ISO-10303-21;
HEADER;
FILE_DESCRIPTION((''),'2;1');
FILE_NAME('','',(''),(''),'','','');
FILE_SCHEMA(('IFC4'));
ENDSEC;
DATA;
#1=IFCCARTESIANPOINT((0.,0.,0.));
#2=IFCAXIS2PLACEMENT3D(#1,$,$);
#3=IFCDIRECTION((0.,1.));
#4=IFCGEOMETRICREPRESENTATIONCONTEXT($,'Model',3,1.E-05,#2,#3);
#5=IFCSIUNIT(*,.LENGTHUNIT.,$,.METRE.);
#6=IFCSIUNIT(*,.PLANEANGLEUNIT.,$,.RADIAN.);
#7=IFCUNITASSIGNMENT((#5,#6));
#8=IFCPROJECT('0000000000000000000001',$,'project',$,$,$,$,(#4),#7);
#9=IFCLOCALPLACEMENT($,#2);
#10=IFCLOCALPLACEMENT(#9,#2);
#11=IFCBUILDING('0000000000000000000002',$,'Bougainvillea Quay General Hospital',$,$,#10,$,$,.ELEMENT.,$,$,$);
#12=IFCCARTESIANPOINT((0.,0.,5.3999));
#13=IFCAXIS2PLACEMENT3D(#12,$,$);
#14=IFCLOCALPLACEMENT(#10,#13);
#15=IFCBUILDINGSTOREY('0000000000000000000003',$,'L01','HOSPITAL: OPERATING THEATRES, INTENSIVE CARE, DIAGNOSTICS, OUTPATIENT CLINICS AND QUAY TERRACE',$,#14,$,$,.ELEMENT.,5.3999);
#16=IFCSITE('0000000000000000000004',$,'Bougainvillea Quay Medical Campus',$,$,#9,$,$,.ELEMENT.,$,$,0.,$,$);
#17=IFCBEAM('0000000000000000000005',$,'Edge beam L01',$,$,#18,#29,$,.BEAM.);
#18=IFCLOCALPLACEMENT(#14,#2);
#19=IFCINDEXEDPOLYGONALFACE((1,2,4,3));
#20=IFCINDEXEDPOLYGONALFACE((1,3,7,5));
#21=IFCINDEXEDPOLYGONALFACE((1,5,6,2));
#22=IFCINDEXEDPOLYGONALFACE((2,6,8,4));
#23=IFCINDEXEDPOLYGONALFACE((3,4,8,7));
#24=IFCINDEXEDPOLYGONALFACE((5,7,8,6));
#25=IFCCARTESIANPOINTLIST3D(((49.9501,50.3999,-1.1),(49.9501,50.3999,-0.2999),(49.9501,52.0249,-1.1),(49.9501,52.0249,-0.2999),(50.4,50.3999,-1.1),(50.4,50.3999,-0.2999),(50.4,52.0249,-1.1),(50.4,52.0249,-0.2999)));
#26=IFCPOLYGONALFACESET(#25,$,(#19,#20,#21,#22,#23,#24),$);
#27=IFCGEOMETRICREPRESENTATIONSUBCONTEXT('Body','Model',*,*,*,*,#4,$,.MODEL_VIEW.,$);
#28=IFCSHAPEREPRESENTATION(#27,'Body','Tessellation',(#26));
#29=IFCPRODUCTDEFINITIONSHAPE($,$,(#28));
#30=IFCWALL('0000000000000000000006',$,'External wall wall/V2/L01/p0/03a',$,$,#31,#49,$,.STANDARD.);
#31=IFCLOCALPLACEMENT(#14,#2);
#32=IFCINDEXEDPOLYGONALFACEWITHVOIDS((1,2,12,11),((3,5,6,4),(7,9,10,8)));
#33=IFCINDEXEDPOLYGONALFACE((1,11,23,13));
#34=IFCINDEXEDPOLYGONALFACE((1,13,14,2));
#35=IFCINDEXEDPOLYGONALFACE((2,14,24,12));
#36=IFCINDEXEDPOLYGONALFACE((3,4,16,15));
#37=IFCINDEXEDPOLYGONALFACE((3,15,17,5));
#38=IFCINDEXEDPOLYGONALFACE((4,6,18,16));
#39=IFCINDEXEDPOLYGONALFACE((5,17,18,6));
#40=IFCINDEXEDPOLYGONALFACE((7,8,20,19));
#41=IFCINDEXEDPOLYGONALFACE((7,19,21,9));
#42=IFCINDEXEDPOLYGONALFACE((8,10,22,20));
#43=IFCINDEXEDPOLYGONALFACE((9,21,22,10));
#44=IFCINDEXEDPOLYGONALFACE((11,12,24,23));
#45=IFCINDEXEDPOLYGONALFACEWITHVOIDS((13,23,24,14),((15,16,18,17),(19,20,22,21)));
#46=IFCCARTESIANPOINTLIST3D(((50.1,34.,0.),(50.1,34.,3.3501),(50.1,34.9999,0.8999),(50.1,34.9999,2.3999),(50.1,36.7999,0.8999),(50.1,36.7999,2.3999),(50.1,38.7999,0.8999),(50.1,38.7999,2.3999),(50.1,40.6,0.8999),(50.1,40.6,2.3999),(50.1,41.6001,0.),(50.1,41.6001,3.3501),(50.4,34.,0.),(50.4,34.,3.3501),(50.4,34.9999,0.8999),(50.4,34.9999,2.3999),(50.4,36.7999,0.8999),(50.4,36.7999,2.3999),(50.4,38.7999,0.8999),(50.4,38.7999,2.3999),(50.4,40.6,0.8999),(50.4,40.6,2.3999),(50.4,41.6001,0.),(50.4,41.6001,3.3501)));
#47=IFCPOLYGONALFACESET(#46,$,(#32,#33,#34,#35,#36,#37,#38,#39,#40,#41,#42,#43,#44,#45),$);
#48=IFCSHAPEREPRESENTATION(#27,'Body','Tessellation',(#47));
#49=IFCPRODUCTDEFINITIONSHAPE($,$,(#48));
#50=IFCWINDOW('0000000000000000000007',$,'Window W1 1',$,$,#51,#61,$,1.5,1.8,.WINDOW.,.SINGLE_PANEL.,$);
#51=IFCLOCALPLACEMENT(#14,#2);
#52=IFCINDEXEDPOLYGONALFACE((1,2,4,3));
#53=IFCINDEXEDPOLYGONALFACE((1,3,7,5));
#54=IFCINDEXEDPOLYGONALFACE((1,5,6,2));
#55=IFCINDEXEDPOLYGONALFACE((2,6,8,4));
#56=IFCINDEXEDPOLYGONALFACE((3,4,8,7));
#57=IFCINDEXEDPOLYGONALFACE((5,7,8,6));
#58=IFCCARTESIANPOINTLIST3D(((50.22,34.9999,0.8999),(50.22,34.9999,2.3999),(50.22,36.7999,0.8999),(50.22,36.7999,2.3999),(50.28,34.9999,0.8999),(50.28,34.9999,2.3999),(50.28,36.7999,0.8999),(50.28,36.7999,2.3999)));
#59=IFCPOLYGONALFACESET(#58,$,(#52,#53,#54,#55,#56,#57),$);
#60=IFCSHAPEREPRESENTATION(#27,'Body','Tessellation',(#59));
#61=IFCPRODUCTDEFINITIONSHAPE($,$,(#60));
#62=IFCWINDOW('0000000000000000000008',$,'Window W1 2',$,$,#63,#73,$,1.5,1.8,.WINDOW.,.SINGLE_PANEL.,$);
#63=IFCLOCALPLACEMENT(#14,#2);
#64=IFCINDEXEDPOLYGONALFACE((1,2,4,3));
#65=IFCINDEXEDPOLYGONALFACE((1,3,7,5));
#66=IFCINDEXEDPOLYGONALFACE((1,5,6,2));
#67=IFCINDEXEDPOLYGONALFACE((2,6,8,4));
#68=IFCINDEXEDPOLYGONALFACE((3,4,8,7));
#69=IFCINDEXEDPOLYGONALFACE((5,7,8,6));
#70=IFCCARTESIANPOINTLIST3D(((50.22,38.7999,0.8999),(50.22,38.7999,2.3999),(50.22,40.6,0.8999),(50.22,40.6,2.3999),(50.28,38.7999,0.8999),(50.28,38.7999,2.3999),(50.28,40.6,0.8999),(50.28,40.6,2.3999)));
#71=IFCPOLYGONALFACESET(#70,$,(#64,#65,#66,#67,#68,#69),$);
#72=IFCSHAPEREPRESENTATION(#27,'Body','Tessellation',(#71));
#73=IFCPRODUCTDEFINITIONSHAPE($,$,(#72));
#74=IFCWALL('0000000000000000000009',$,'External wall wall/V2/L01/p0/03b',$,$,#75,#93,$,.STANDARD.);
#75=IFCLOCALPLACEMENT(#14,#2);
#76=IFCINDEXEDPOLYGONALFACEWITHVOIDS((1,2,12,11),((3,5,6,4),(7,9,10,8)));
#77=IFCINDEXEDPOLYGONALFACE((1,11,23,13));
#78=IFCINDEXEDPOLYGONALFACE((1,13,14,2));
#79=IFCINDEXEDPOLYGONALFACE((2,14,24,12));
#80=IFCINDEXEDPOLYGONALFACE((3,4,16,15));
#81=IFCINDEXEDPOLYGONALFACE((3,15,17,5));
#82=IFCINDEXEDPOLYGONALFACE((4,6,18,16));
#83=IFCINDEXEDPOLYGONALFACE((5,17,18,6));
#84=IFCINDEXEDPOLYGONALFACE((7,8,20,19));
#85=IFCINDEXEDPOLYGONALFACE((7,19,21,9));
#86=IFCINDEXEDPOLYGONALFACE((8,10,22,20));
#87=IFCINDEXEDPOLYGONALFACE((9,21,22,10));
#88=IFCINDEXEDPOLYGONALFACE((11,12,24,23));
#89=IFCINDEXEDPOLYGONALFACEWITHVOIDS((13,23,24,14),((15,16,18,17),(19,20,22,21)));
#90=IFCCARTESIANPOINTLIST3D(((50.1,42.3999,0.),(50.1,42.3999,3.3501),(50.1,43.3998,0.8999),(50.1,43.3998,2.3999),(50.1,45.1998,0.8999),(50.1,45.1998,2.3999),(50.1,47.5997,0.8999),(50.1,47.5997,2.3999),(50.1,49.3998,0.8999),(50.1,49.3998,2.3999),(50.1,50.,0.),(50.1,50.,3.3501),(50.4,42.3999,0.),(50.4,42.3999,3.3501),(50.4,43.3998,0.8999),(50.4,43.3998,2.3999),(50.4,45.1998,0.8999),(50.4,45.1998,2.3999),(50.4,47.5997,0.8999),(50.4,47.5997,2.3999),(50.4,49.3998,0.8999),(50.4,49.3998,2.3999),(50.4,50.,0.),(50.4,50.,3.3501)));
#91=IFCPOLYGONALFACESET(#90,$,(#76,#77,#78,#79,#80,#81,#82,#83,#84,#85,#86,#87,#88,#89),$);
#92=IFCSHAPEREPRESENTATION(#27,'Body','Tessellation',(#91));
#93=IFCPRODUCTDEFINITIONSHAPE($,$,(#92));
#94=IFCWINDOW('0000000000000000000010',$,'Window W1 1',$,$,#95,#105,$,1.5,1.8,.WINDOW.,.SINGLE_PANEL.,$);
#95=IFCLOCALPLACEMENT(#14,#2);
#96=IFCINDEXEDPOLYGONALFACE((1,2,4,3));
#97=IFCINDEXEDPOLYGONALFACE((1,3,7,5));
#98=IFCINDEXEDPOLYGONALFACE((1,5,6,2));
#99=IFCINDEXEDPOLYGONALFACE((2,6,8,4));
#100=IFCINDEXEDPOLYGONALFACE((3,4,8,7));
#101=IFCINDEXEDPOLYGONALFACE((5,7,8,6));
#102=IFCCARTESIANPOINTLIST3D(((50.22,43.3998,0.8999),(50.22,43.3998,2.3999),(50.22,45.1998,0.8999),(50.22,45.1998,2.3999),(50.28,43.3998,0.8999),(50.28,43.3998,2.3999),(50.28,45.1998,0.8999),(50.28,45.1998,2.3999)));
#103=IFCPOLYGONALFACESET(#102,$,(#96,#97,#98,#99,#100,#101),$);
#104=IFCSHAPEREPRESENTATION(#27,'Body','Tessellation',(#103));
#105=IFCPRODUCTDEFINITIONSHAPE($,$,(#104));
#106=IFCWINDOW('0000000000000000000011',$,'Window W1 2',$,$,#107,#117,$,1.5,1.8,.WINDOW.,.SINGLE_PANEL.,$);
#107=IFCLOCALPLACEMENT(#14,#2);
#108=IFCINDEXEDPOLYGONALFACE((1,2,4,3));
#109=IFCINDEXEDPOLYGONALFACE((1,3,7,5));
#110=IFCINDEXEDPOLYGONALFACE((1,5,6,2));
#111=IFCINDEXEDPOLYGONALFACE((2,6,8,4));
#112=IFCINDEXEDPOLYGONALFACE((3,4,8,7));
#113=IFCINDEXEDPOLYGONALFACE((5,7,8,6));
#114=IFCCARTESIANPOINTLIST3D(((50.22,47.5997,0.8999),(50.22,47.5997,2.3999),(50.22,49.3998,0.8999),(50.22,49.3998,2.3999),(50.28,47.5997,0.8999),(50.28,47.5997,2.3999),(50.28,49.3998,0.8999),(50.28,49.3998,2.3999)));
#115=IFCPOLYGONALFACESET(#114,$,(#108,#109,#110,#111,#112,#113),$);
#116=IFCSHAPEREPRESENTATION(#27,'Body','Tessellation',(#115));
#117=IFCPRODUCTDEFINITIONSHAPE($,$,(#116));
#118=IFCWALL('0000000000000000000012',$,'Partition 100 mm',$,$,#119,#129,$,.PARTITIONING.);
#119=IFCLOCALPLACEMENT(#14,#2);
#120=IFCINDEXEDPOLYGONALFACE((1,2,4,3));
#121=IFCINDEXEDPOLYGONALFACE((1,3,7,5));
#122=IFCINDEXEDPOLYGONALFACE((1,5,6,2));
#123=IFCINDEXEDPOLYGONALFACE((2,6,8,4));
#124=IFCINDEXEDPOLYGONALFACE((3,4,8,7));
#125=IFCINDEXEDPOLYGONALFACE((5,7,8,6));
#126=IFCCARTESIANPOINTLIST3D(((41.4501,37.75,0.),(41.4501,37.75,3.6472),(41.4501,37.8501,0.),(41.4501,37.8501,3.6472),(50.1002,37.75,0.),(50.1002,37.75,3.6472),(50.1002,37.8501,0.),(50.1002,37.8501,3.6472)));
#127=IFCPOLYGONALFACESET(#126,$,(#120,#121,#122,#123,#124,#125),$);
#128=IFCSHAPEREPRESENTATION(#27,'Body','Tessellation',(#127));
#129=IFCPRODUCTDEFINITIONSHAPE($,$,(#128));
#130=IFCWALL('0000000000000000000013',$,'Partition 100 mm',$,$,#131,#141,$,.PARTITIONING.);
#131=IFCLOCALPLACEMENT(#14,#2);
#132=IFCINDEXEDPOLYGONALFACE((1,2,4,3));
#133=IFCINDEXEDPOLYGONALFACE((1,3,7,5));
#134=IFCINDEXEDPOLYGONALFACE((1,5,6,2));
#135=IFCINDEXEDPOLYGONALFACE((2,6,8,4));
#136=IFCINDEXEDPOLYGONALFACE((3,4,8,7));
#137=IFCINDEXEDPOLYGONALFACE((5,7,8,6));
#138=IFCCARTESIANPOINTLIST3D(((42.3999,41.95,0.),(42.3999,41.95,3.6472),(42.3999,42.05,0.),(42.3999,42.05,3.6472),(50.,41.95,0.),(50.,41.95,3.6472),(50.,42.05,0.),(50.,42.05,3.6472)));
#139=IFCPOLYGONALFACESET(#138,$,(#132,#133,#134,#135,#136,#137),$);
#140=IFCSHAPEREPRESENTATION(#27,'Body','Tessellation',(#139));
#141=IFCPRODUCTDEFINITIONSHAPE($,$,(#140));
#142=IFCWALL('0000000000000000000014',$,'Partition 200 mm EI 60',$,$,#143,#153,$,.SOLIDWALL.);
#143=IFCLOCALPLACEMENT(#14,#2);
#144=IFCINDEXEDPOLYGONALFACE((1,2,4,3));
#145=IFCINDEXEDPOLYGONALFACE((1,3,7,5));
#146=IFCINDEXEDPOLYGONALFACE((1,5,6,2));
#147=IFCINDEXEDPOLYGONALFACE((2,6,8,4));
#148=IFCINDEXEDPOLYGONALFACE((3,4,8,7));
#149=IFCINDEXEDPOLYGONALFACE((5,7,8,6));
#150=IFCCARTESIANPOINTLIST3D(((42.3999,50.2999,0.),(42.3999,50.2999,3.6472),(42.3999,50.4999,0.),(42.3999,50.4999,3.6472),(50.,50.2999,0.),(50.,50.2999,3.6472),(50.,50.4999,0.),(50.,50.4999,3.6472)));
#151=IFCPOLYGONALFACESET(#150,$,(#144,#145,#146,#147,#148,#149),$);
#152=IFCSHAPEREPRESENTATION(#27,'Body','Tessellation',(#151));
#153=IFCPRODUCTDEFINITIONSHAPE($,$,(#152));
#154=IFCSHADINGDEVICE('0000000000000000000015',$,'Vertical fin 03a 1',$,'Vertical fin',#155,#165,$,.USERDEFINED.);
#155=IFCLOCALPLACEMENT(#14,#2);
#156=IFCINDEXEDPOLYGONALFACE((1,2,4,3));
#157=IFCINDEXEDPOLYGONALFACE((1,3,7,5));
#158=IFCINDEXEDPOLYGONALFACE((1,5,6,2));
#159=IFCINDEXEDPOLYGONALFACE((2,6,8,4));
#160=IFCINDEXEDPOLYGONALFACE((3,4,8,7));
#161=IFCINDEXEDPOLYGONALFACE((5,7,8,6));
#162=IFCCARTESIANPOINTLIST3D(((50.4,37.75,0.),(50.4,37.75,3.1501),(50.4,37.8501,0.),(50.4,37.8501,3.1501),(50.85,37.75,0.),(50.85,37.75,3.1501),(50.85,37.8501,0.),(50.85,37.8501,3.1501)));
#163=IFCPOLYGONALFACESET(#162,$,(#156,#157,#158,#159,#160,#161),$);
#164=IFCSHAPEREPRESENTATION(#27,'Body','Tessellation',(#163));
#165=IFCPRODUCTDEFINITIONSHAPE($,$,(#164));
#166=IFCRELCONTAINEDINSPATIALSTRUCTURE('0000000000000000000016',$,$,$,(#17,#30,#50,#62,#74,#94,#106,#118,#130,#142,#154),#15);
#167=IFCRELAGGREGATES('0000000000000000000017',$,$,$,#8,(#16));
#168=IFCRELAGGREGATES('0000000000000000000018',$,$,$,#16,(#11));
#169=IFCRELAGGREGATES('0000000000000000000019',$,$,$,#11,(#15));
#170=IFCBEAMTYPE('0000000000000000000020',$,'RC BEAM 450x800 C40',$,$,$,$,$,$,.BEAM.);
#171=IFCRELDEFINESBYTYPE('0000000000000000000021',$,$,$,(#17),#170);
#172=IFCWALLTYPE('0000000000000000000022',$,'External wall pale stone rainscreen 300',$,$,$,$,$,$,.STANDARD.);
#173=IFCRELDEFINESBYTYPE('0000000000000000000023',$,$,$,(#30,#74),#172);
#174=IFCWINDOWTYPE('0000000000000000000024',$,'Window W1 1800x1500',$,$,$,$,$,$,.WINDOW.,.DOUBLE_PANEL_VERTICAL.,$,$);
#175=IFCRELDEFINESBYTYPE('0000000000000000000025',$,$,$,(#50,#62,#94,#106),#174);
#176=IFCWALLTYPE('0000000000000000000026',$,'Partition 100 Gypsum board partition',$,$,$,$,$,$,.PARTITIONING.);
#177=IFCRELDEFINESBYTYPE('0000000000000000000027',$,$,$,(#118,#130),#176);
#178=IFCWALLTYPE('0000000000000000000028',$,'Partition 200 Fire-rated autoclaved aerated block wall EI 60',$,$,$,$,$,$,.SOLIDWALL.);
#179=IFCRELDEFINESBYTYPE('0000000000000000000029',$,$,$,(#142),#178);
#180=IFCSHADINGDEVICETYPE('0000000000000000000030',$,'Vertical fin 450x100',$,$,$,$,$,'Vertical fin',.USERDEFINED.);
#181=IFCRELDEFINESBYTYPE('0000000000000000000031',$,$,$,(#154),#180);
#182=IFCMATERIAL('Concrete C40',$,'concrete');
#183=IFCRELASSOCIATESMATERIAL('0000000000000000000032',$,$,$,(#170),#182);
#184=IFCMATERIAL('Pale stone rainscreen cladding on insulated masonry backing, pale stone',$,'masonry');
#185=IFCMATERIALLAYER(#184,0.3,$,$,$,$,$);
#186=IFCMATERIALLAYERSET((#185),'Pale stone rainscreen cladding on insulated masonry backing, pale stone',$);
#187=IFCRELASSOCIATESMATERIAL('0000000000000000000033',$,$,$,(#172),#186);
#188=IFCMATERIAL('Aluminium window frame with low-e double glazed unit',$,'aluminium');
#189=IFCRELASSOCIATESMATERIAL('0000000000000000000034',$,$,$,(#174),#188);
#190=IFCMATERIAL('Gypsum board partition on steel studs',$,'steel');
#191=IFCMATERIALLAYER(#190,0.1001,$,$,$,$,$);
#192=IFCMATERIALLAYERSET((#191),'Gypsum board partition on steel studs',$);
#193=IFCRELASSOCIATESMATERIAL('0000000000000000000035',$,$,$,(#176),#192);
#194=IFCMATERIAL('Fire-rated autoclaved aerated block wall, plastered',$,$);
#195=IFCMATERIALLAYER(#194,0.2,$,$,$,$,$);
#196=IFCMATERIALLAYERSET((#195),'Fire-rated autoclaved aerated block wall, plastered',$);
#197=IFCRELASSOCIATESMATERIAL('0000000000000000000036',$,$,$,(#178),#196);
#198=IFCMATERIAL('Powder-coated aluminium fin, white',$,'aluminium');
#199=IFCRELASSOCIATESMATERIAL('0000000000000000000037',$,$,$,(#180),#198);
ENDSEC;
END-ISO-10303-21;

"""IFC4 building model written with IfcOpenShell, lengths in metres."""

from ifc_helpers import new_model, si_unit, direction, frame, frame_2d, origin, origin_2d, place, context, subcontext, project, spatial, rectangle, extrude, material, layer, layer_set, material_profile, profile_set, type_object, element, fill, save


model = new_model("IFC4")

# Units and contexts
model_context = context("Model", 3, precision=1e-05, world=origin(), true_north=direction((0.0, 1.0)))
body_context = subcontext(model_context, "Body", "Model", "MODEL_VIEW")
ifc_project = project(units=[si_unit("LENGTHUNIT", "METRE"), si_unit("PLANEANGLEUNIT", "RADIAN")], contexts=[model_context])

# Site, building, storey
site_placement = place(None, origin())
site = spatial("IfcSite", under=ifc_project, at=site_placement, Name="Bougainvillea Quay Medical Campus", CompositionType="ELEMENT", RefElevation=0.0)
building_placement = place(site_placement, origin())
building = spatial("IfcBuilding", under=site, at=building_placement, Name="Bougainvillea Quay General Hospital", CompositionType="ELEMENT")
storey_placement = place(building_placement, frame((0.0, 0.0, 5.3999)))
storey = spatial("IfcBuildingStorey", under=building, at=storey_placement, Name="L01", Description="HOSPITAL: OPERATING THEATRES, INTENSIVE CARE, DIAGNOSTICS, OUTPATIENT CLINICS AND QUAY TERRACE", CompositionType="ELEMENT", Elevation=5.3999)

# Beam
ifc_material_1 = material(Name="Concrete C40", Category="concrete")
ifc_material_profile_1 = material_profile(ifc_material_1, rectangle(XDim=0.45, YDim=0.8, at=origin_2d()))
ifc_profile_set_1 = profile_set([ifc_material_profile_1], Name="Concrete C40")
beam_type_1 = type_object("IfcBeamType", Name="RC BEAM 450x800 C40", PredefinedType="BEAM", material=ifc_profile_set_1)
beam_1_placement = place(storey_placement, frame((50.175, 50.3999, -0.7), z_axis=(0.0, 1.0, 0.0), x_axis=(-1.0, 0.0, 0.0)))
element("IfcBeam", 1, at=beam_1_placement, inside=storey, type_object=beam_type_1, Name="Edge beam L01", PredefinedType="BEAM", context=body_context, shape_type="SweptSolid", body=[
    extrude(rectangle(XDim=0.45, YDim=0.8, at=origin_2d()), origin(), (0.0, 0.0, 1.0), 1.625),
])

# Walls, openings, windows
ifc_material_2 = material(Name="Pale stone rainscreen cladding on insulated masonry backing, pale stone", Category="masonry")
ifc_layer_1 = layer(ifc_material_2, 0.3)
ifc_layer_set_1 = layer_set([ifc_layer_1], Name="Pale stone rainscreen cladding on insulated masonry backing, pale stone")
wall_type_1 = type_object("IfcWallType", Name="External wall pale stone rainscreen 300", PredefinedType="STANDARD", material=ifc_layer_set_1)
wall_1_placement = place(storey_placement, frame((50.25, 34.0, 0.0), z_axis=(0.0, 0.0, 1.0), x_axis=(0.0, 1.0, 0.0)))
wall_1 = element("IfcWall", 2, at=wall_1_placement, inside=storey, type_object=wall_type_1, Name="External wall wall/V2/L01/p0/03a", PredefinedType="STANDARD", context=body_context, shape_type="SweptSolid", body=[
    extrude(rectangle(XDim=7.6001, YDim=0.3, at=frame_2d((3.8, 0.0))), origin(), (0.0, 0.0, 1.0), 3.3501),
])
opening_1_placement = place(wall_1_placement, frame((1.0, 0.0, 0.8999)))
opening_1 = element("IfcOpeningElement", 3, at=opening_1_placement, cuts=wall_1, PredefinedType="OPENING", context=body_context, shape_type="SweptSolid", body=[
    extrude(rectangle(XDim=1.8, YDim=1.5, at=frame_2d((0.8999, 0.75))), frame((0.0, 0.1599, 0.0), z_axis=(0.0, -1.0, 0.0), x_axis=(1.0, 0.0, 0.0)), (0.0, 0.0, 1.0), 0.3201),
])
opening_2_placement = place(wall_1_placement, frame((4.8, 0.0, 0.8999)))
opening_2 = element("IfcOpeningElement", 4, at=opening_2_placement, cuts=wall_1, PredefinedType="OPENING", context=body_context, shape_type="SweptSolid", body=[
    extrude(rectangle(XDim=1.8, YDim=1.5, at=frame_2d((0.8999, 0.75))), frame((0.0, 0.1599, 0.0), z_axis=(0.0, -1.0, 0.0), x_axis=(1.0, 0.0, 0.0)), (0.0, 0.0, 1.0), 0.3201),
])
ifc_material_3 = material(Name="Aluminium window frame with low-e double glazed unit", Category="aluminium")
window_type = type_object("IfcWindowType", Name="Window W1 1800x1500", PartitioningType="DOUBLE_PANEL_VERTICAL", PredefinedType="WINDOW", material=ifc_material_3)
window_1_placement = place(opening_1_placement, origin())
window_1 = element("IfcWindow", 5, at=window_1_placement, inside=storey, type_object=window_type, Name="Window W1 1", OverallHeight=1.5, OverallWidth=1.8, PartitioningType="SINGLE_PANEL", PredefinedType="WINDOW", context=body_context, shape_type="SweptSolid", body=[
    extrude(rectangle(XDim=1.8, YDim=1.5, at=frame_2d((0.8999, 0.75))), frame((0.0, 0.03, 0.0), z_axis=(0.0, -1.0, 0.0), x_axis=(1.0, 0.0, 0.0)), (0.0, 0.0, 1.0), 0.0601),
])
fill(opening_1, window_1)
window_2_placement = place(opening_2_placement, origin())
window_2 = element("IfcWindow", 6, at=window_2_placement, inside=storey, type_object=window_type, Name="Window W1 2", OverallHeight=1.5, OverallWidth=1.8, PartitioningType="SINGLE_PANEL", PredefinedType="WINDOW", context=body_context, shape_type="SweptSolid", body=[
    extrude(rectangle(XDim=1.8, YDim=1.5, at=frame_2d((0.8999, 0.75))), frame((0.0, 0.03, 0.0), z_axis=(0.0, -1.0, 0.0), x_axis=(1.0, 0.0, 0.0)), (0.0, 0.0, 1.0), 0.0601),
])
fill(opening_2, window_2)
wall_2_placement = place(storey_placement, frame((50.25, 42.3999, 0.0), z_axis=(0.0, 0.0, 1.0), x_axis=(0.0, 1.0, 0.0)))
wall_2 = element("IfcWall", 7, at=wall_2_placement, inside=storey, type_object=wall_type_1, Name="External wall wall/V2/L01/p0/03b", PredefinedType="STANDARD", context=body_context, shape_type="SweptSolid", body=[
    extrude(rectangle(XDim=7.6001, YDim=0.3, at=frame_2d((3.8, 0.0))), origin(), (0.0, 0.0, 1.0), 3.3501),
])
opening_3_placement = place(wall_2_placement, frame((1.0, 0.0, 0.8999)))
opening_3 = element("IfcOpeningElement", 8, at=opening_3_placement, cuts=wall_2, PredefinedType="OPENING", context=body_context, shape_type="SweptSolid", body=[
    extrude(rectangle(XDim=1.8, YDim=1.5, at=frame_2d((0.8999, 0.75))), frame((0.0, 0.1599, 0.0), z_axis=(0.0, -1.0, 0.0), x_axis=(1.0, 0.0, 0.0)), (0.0, 0.0, 1.0), 0.3201),
])
opening_4_placement = place(wall_2_placement, frame((5.2, 0.0, 0.8999)))
opening_4 = element("IfcOpeningElement", 9, at=opening_4_placement, cuts=wall_2, PredefinedType="OPENING", context=body_context, shape_type="SweptSolid", body=[
    extrude(rectangle(XDim=1.8, YDim=1.5, at=frame_2d((0.8999, 0.75))), frame((0.0, 0.1599, 0.0), z_axis=(0.0, -1.0, 0.0), x_axis=(1.0, 0.0, 0.0)), (0.0, 0.0, 1.0), 0.3201),
])
window_3_placement = place(opening_3_placement, origin())
window_3 = element("IfcWindow", 10, at=window_3_placement, inside=storey, type_object=window_type, Name="Window W1 1", OverallHeight=1.5, OverallWidth=1.8, PartitioningType="SINGLE_PANEL", PredefinedType="WINDOW", context=body_context, shape_type="SweptSolid", body=[
    extrude(rectangle(XDim=1.8, YDim=1.5, at=frame_2d((0.8999, 0.75))), frame((0.0, 0.03, 0.0), z_axis=(0.0, -1.0, 0.0), x_axis=(1.0, 0.0, 0.0)), (0.0, 0.0, 1.0), 0.0601),
])
fill(opening_3, window_3)
window_4_placement = place(opening_4_placement, origin())
window_4 = element("IfcWindow", 11, at=window_4_placement, inside=storey, type_object=window_type, Name="Window W1 2", OverallHeight=1.5, OverallWidth=1.8, PartitioningType="SINGLE_PANEL", PredefinedType="WINDOW", context=body_context, shape_type="SweptSolid", body=[
    extrude(rectangle(XDim=1.8, YDim=1.5, at=frame_2d((0.8999, 0.75))), frame((0.0, 0.03, 0.0), z_axis=(0.0, -1.0, 0.0), x_axis=(1.0, 0.0, 0.0)), (0.0, 0.0, 1.0), 0.0601),
])
fill(opening_4, window_4)

# Walls
ifc_material_4 = material(Name="Gypsum board partition on steel studs", Category="steel")
ifc_layer_2 = layer(ifc_material_4, 0.1001)
ifc_layer_set_2 = layer_set([ifc_layer_2], Name="Gypsum board partition on steel studs")
wall_type_2 = type_object("IfcWallType", Name="Partition 100 Gypsum board partition", PredefinedType="PARTITIONING", material=ifc_layer_set_2)
wall_3_placement = place(storey_placement, frame((41.45, 37.8, 0.0), z_axis=(0.0, 0.0, 1.0), x_axis=(1.0, 0.0, 0.0)))
element("IfcWall", 12, at=wall_3_placement, inside=storey, type_object=wall_type_2, Name="Partition 100 mm", PredefinedType="PARTITIONING", context=body_context, shape_type="SweptSolid", body=[
    extrude(rectangle(XDim=8.6501, YDim=0.1001, at=frame_2d((4.3252, 0.0))), origin(), (0.0, 0.0, 1.0), 3.6472),
])
wall_4_placement = place(storey_placement, frame((42.3999, 42.0, 0.0), z_axis=(0.0, 0.0, 1.0), x_axis=(1.0, 0.0, 0.0)))
element("IfcWall", 13, at=wall_4_placement, inside=storey, type_object=wall_type_2, Name="Partition 100 mm", PredefinedType="PARTITIONING", context=body_context, shape_type="SweptSolid", body=[
    extrude(rectangle(XDim=7.6001, YDim=0.1001, at=frame_2d((3.8, 0.0))), origin(), (0.0, 0.0, 1.0), 3.6472),
])
ifc_material_5 = material(Name="Fire-rated autoclaved aerated block wall, plastered")
ifc_layer_3 = layer(ifc_material_5, 0.2)
ifc_layer_set_3 = layer_set([ifc_layer_3], Name="Fire-rated autoclaved aerated block wall, plastered")
wall_type_3 = type_object("IfcWallType", Name="Partition 200 Fire-rated autoclaved aerated block wall EI 60", PredefinedType="SOLIDWALL", material=ifc_layer_set_3)
wall_5_placement = place(storey_placement, frame((42.3999, 50.3999, 0.0), z_axis=(0.0, 0.0, 1.0), x_axis=(1.0, 0.0, 0.0)))
element("IfcWall", 14, at=wall_5_placement, inside=storey, type_object=wall_type_3, Name="Partition 200 mm EI 60", PredefinedType="SOLIDWALL", context=body_context, shape_type="SweptSolid", body=[
    extrude(rectangle(XDim=7.6001, YDim=0.2, at=frame_2d((3.8, 0.0))), origin(), (0.0, 0.0, 1.0), 3.6472),
])

# Shading device
ifc_material_6 = material(Name="Powder-coated aluminium fin, white", Category="aluminium")
ifc_material_profile_2 = material_profile(ifc_material_6, rectangle(XDim=0.45, YDim=0.1001, at=origin_2d()))
ifc_profile_set_2 = profile_set([ifc_material_profile_2], Name="Powder-coated aluminium fin, white")
shading_device_type = type_object("IfcShadingDeviceType", Name="Vertical fin 450x100", ElementType="Vertical fin", PredefinedType="USERDEFINED", material=ifc_profile_set_2)
for number, where, z_axis, x_axis, name in (
    (15, (50.625, 37.8, 0.0), (0.0, 0.0, 1.0), (1.0, 0.0, 0.0), "Vertical fin 03a 1"),
):
    element("IfcShadingDevice", number, at=place(storey_placement, frame(where, z_axis=z_axis, x_axis=x_axis)), inside=storey, type_object=shading_device_type, Name=name, ObjectType="Vertical fin", PredefinedType="USERDEFINED", context=body_context, shape_type="SweptSolid", body=[
        extrude(rectangle(XDim=0.45, YDim=0.1001, at=origin_2d()), origin(), (0.0, 0.0, 1.0), 3.1501),
    ])

save(model, "model.ifc")
